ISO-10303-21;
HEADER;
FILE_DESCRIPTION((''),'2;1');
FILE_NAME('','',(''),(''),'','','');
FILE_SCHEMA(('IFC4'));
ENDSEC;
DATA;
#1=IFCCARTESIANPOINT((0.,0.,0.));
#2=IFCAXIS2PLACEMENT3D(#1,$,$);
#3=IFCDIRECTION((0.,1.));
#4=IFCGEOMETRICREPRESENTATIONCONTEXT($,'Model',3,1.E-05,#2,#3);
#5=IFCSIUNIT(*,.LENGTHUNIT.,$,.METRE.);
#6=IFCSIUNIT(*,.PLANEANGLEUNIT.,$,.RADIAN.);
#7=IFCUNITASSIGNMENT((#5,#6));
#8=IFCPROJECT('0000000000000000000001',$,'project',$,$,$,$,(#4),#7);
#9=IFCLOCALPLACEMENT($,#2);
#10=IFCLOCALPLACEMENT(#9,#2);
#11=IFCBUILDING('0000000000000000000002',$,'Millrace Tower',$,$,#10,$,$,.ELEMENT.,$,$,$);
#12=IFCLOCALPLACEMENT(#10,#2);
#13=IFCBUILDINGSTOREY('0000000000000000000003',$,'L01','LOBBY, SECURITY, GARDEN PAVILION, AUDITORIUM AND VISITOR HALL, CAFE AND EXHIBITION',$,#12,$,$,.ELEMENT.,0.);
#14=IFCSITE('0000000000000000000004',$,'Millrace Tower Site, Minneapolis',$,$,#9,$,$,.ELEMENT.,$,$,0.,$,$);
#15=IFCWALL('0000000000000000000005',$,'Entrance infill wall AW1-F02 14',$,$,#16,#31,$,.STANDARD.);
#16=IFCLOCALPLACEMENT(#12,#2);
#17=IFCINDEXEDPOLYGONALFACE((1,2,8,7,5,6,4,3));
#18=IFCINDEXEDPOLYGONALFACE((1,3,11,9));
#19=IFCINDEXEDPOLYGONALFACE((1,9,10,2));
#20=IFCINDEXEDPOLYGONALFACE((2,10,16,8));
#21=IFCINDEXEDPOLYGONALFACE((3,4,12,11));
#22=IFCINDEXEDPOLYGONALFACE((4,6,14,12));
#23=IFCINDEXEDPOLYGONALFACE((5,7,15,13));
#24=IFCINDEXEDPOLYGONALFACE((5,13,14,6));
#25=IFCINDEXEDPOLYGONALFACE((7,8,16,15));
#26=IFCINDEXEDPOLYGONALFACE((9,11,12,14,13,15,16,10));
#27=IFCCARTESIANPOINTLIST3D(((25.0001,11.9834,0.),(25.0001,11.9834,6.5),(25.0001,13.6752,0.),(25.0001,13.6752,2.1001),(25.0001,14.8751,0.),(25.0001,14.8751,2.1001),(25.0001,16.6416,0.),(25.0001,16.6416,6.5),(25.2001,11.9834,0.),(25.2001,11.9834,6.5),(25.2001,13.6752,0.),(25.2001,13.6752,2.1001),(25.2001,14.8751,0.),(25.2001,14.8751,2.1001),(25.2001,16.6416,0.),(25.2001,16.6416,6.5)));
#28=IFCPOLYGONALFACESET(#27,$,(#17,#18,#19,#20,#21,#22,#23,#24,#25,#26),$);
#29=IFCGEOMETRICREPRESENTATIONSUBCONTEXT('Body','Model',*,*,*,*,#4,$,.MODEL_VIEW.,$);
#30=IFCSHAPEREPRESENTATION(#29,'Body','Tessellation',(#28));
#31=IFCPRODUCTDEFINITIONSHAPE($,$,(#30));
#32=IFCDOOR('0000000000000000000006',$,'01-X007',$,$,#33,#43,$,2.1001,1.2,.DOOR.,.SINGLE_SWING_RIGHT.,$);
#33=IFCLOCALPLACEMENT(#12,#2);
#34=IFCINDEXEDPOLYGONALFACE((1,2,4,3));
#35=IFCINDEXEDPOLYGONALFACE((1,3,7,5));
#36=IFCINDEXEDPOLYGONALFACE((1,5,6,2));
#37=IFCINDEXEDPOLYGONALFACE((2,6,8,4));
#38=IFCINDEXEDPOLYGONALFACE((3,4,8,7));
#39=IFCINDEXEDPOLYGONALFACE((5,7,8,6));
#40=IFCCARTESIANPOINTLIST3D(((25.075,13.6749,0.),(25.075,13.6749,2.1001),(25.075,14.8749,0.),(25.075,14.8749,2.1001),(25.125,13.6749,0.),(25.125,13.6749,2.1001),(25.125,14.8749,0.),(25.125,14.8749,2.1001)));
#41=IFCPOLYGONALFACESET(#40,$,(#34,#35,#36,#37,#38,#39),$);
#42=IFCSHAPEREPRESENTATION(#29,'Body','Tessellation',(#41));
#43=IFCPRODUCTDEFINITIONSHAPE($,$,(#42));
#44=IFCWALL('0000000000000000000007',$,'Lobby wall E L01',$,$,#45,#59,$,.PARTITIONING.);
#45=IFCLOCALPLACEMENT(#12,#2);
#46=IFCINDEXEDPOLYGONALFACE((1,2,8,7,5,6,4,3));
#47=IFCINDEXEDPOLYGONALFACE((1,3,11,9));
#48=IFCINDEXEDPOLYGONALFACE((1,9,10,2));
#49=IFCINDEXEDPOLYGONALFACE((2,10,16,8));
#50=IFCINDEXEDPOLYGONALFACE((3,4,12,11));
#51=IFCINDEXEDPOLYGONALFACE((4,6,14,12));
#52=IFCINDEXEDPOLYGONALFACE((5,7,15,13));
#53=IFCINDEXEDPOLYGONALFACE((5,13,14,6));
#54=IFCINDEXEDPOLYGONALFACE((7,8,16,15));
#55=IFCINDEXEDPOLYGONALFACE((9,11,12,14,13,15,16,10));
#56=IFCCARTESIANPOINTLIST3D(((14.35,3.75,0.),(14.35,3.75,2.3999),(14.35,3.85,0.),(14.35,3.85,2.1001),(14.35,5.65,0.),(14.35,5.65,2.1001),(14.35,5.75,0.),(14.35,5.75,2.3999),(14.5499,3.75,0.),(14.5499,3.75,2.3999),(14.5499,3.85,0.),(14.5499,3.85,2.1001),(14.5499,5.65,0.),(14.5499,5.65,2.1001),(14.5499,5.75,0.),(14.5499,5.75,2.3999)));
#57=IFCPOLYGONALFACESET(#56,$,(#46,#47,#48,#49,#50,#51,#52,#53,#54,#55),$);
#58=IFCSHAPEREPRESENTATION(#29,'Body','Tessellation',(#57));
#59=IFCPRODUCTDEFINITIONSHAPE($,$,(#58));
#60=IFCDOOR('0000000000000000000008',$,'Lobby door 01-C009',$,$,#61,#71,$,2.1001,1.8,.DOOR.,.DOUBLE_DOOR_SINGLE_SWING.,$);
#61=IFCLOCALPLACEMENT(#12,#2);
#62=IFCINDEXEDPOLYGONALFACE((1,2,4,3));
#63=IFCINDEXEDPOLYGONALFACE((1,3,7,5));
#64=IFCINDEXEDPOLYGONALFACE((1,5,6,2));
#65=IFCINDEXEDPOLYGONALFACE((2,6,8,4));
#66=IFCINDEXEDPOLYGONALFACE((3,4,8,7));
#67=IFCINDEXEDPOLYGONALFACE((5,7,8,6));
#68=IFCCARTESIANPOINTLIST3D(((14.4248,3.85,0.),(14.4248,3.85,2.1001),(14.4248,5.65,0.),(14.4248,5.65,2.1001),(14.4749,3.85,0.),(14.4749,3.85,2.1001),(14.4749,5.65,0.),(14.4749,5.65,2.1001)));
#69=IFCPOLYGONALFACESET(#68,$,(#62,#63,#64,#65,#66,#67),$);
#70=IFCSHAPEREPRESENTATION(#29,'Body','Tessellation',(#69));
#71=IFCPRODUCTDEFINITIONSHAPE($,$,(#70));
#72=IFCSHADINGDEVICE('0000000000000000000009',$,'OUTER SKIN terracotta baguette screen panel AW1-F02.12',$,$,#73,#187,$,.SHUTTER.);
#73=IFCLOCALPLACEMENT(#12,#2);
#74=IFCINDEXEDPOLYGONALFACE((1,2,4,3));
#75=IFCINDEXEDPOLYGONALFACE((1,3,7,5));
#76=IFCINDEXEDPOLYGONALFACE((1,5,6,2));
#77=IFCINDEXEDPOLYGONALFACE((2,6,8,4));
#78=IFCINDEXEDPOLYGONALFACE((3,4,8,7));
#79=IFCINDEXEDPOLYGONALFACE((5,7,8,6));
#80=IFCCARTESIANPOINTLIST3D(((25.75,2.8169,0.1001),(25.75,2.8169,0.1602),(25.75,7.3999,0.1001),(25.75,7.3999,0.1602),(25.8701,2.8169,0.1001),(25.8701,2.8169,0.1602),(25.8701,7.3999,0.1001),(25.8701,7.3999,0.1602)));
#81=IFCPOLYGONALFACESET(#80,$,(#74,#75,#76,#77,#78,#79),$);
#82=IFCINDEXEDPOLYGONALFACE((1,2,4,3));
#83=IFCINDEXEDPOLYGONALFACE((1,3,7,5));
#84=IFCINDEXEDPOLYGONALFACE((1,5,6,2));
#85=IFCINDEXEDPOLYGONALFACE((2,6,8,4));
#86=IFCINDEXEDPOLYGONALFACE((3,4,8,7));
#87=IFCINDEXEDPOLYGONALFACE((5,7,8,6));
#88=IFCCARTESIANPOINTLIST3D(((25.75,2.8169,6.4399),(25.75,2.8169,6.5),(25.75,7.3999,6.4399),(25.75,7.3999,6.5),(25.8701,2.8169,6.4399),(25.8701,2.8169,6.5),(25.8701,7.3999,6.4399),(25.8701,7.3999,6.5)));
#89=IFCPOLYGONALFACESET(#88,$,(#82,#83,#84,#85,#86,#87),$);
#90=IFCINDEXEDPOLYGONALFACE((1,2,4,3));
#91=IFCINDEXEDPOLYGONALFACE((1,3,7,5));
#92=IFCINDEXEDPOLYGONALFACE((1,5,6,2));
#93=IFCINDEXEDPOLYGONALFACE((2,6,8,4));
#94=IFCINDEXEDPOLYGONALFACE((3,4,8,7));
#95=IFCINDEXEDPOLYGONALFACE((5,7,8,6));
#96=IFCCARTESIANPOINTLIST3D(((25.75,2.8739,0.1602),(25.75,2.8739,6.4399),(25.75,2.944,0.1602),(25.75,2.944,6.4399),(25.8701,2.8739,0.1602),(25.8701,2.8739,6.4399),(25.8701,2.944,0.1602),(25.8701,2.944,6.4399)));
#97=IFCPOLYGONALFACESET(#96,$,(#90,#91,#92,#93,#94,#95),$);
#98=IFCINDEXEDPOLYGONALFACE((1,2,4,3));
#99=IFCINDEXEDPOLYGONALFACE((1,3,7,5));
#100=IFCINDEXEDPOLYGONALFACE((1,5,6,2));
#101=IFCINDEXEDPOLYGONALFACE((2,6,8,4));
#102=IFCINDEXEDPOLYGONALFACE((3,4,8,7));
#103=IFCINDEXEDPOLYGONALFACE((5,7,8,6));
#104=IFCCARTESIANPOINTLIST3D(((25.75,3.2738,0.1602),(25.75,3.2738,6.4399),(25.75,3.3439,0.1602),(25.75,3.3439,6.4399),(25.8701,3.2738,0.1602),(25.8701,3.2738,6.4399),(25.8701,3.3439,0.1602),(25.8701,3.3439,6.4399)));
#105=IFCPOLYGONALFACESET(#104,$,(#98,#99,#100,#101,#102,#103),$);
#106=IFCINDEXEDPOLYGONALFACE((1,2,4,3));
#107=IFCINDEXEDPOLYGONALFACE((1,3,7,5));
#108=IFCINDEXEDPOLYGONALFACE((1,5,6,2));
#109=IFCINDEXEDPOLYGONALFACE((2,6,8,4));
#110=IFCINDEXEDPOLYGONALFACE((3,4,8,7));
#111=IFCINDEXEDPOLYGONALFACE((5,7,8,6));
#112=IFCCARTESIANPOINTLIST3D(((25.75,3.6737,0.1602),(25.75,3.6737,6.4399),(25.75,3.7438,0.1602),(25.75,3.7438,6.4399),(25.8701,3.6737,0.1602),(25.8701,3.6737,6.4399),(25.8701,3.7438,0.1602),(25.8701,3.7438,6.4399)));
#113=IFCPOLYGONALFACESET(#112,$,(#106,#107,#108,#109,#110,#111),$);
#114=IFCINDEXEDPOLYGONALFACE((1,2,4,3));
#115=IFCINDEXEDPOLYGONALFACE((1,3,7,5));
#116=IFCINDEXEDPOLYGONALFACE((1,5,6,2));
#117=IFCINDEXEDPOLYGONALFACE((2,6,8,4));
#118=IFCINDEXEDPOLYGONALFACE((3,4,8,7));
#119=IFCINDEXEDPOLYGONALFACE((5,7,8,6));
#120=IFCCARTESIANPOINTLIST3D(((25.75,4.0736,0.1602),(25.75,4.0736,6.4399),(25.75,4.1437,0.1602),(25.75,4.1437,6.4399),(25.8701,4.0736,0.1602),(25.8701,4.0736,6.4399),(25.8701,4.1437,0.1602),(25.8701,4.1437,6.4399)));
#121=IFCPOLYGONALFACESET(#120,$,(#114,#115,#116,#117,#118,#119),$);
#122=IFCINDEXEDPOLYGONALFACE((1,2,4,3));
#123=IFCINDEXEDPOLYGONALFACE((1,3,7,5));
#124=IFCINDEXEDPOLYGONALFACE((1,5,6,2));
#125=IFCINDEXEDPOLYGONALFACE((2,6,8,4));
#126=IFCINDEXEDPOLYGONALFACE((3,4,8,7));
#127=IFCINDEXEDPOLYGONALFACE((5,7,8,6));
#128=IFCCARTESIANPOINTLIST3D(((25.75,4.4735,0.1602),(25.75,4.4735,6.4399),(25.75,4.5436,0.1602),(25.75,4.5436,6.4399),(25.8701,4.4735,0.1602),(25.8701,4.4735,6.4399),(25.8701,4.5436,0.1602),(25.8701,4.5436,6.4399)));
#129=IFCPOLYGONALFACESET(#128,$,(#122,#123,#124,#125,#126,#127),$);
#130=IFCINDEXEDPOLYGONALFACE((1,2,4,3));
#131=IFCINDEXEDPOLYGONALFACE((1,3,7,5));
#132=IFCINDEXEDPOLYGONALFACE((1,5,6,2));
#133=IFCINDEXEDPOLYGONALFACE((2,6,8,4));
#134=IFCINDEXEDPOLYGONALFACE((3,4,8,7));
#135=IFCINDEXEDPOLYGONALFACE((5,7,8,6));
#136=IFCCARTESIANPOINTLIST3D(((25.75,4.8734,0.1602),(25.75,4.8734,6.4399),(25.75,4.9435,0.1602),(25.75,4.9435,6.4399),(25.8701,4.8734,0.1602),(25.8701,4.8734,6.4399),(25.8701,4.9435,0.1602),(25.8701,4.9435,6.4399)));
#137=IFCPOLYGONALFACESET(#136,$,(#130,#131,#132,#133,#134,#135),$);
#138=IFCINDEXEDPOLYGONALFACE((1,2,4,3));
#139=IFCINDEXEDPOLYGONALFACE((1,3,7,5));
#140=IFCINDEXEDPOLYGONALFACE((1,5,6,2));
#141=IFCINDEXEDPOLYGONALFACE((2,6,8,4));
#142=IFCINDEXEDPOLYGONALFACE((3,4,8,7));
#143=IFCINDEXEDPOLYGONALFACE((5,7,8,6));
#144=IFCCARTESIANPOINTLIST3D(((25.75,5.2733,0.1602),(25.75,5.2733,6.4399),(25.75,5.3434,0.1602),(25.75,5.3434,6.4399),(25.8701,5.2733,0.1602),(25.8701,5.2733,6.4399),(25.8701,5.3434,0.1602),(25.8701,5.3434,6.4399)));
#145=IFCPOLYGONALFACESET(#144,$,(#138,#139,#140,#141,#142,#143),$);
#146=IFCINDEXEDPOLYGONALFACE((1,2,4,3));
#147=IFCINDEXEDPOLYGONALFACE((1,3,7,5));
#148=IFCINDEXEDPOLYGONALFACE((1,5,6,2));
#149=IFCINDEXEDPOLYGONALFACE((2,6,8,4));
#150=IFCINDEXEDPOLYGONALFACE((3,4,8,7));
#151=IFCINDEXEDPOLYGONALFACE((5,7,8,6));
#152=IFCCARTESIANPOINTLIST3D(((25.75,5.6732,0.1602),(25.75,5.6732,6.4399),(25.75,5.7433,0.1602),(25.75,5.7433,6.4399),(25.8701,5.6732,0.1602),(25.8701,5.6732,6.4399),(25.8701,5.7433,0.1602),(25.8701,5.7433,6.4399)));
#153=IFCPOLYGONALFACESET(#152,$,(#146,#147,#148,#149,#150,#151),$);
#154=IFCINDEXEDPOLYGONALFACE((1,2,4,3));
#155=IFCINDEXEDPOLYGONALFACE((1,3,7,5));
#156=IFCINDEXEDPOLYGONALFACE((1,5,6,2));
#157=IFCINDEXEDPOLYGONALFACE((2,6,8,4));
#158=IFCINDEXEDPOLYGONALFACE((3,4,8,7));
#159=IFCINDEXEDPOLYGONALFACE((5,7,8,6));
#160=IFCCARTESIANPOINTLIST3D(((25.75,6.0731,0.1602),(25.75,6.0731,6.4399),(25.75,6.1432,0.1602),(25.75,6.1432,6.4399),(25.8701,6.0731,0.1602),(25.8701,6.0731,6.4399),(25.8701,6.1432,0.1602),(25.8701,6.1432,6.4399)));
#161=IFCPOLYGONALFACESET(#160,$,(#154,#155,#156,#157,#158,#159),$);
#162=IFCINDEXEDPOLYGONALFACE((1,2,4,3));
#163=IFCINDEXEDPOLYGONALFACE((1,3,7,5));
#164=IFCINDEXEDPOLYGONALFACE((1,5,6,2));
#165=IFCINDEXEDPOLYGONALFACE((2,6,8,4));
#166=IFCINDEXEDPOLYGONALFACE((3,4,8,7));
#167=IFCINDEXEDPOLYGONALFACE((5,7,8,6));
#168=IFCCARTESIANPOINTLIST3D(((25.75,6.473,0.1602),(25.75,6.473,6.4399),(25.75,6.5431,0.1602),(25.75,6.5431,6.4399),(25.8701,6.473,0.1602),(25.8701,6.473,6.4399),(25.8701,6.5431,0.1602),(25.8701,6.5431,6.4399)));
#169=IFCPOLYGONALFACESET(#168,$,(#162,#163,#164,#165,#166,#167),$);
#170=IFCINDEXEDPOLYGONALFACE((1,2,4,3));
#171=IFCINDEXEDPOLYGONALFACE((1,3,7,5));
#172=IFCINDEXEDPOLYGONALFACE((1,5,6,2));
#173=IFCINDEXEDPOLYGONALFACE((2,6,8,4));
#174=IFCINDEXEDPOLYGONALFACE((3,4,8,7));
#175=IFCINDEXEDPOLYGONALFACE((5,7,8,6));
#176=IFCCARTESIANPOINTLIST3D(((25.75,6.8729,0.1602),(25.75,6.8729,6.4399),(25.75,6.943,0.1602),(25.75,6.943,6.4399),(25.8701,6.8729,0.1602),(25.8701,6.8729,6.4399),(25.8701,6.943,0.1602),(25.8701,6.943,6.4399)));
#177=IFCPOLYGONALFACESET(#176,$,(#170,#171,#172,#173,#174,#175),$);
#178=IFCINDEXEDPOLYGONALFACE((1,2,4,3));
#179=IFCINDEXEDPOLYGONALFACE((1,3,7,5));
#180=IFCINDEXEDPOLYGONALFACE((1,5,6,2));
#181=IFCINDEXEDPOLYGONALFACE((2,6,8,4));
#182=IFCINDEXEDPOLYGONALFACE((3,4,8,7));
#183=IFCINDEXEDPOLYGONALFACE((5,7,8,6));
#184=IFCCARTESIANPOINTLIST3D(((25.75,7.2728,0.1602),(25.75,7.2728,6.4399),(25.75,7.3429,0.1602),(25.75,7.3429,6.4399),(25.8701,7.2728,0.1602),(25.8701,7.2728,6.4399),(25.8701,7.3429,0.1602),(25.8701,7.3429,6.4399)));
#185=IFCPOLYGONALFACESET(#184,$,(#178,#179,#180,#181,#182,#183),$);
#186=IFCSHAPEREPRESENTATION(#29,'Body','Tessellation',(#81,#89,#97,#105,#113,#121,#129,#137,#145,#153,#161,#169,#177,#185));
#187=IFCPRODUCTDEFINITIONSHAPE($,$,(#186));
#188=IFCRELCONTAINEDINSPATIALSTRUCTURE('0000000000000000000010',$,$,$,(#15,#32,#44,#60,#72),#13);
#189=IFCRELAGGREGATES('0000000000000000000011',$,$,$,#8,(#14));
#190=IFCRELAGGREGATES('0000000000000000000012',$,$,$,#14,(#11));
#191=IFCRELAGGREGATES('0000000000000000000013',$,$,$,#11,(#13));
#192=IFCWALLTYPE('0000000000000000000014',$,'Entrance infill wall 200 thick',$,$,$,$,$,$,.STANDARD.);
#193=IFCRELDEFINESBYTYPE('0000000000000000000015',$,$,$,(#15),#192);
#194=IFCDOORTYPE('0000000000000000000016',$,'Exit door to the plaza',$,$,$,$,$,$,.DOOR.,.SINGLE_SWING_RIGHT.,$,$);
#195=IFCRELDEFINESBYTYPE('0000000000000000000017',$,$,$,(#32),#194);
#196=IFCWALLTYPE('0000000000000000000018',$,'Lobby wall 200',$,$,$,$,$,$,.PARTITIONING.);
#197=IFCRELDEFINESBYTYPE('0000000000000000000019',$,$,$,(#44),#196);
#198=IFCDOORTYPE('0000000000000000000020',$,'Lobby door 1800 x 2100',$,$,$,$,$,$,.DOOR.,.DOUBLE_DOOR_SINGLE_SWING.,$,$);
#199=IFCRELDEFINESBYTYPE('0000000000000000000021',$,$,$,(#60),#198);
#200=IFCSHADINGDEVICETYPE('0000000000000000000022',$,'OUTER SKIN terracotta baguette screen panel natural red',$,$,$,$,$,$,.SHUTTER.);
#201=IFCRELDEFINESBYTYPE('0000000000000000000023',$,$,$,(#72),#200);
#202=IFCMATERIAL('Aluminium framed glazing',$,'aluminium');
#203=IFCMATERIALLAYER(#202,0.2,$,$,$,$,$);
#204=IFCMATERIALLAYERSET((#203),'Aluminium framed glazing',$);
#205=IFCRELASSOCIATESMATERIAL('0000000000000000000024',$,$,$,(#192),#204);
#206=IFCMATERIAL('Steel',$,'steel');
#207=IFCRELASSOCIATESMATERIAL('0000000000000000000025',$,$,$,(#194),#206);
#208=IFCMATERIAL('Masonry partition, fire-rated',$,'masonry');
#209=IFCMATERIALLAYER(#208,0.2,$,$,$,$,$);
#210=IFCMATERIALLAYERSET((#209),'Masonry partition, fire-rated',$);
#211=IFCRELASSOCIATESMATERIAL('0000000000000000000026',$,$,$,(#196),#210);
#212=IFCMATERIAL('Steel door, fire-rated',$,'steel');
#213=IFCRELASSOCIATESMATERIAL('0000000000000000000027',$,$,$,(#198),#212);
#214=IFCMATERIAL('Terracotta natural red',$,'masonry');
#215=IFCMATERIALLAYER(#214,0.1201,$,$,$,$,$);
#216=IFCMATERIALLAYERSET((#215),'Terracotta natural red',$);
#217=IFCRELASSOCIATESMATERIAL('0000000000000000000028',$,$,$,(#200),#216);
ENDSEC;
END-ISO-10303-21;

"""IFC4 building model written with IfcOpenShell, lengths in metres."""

from ifc_helpers import new_model, entity, si_unit, direction, frame, frame_2d, origin, place, context, subcontext, project, spatial, rectangle, extrude, source, transform, mapped, material, layer, layer_set, type_object, element, fill, save


model = new_model("IFC4")

# Units and contexts
model_context = context("Model", 3, precision=1e-05, world=origin(), true_north=direction((0.0, 1.0)))
body_context = subcontext(model_context, "Body", "Model", "MODEL_VIEW")
ifc_project = project(units=[si_unit("LENGTHUNIT", "METRE"), si_unit("PLANEANGLEUNIT", "RADIAN")], contexts=[model_context])

# Site, building, storey
site_placement = place(None, origin())
site = spatial("IfcSite", under=ifc_project, at=site_placement, Name="Millrace Tower Site, Minneapolis", CompositionType="ELEMENT", RefElevation=0.0)
building_placement = place(site_placement, origin())
building = spatial("IfcBuilding", under=site, at=building_placement, Name="Millrace Tower", CompositionType="ELEMENT")
storey_placement = place(building_placement, origin())
storey = spatial("IfcBuildingStorey", under=building, at=storey_placement, Name="L01", Description="LOBBY, SECURITY, GARDEN PAVILION, AUDITORIUM AND VISITOR HALL, CAFE AND EXHIBITION", CompositionType="ELEMENT", Elevation=0.0)

# Walls, openings, doors
ifc_material_1 = material(Name="Aluminium framed glazing", Category="aluminium")
ifc_layer_1 = layer(ifc_material_1, 0.2)
ifc_layer_set_1 = layer_set([ifc_layer_1], Name="Aluminium framed glazing")
wall_type_1 = type_object("IfcWallType", Name="Entrance infill wall 200 thick", PredefinedType="STANDARD", material=ifc_layer_set_1)
wall_1_placement = place(storey_placement, frame((25.1001, 11.9834, 0.0), z_axis=(0.0, 0.0, 1.0), x_axis=(0.0, 1.0, 0.0)))
wall_1 = element("IfcWall", 1, at=wall_1_placement, inside=storey, type_object=wall_type_1, Name="Entrance infill wall AW1-F02 14", PredefinedType="STANDARD", context=body_context, shape_type="SweptSolid", body=[
    extrude(rectangle(XDim=4.6582, YDim=0.2, at=frame_2d((2.3291, 0.0))), origin(), (0.0, 0.0, 1.0), 6.5),
])
opening_1_placement = place(wall_1_placement, frame((1.6917, 0.0, 0.0)))
opening_1 = element("IfcOpeningElement", 2, at=opening_1_placement, cuts=wall_1, PredefinedType="OPENING", context=body_context, shape_type="SweptSolid", body=[
    extrude(rectangle(XDim=1.2, YDim=2.1001, at=frame_2d((0.6001, 1.05))), frame((0.0, 0.1099, 0.0), z_axis=(0.0, -1.0, 0.0), x_axis=(1.0, 0.0, 0.0)), (0.0, 0.0, 1.0), 0.22),
])
ifc_material_2 = material(Name="Steel", Category="steel")
door_type_1 = type_object("IfcDoorType", Name="Exit door to the plaza", OperationType="SINGLE_SWING_RIGHT", PredefinedType="DOOR", material=ifc_material_2)
door_1_placement = place(opening_1_placement, frame((1.2, 0.0, 0.0), z_axis=(0.0, 0.0, 1.0), x_axis=(-1.0, 0.0, 0.0)))
door_1 = element("IfcDoor", 3, at=door_1_placement, inside=storey, type_object=door_type_1, Name="01-X007", OperationType="SINGLE_SWING_RIGHT", OverallHeight=2.1001, OverallWidth=1.2, PredefinedType="DOOR", context=body_context, shape_type="SweptSolid", body=[
    extrude(rectangle(XDim=1.2, YDim=2.1001, at=frame_2d((0.6001, 1.05))), frame((0.0, 0.0249, 0.0), z_axis=(0.0, -1.0, 0.0), x_axis=(1.0, 0.0, 0.0)), (0.0, 0.0, 1.0), 0.05),
])
fill(opening_1, door_1)
ifc_material_3 = material(Name="Masonry partition, fire-rated", Category="masonry")
ifc_layer_2 = layer(ifc_material_3, 0.2)
ifc_layer_set_2 = layer_set([ifc_layer_2], Name="Masonry partition, fire-rated")
wall_type_2 = type_object("IfcWallType", Name="Lobby wall 200", PredefinedType="PARTITIONING", material=ifc_layer_set_2)
wall_2_placement = place(storey_placement, frame((14.45, 5.75, 0.0), z_axis=(0.0, 0.0, 1.0), x_axis=(0.0, -1.0, 0.0)))
wall_2 = element("IfcWall", 4, at=wall_2_placement, inside=storey, type_object=wall_type_2, Name="Lobby wall E L01", PredefinedType="PARTITIONING", context=body_context, shape_type="SweptSolid", body=[
    extrude(rectangle(XDim=2.0, YDim=0.2, at=frame_2d((1.0, 0.0))), origin(), (0.0, 0.0, 1.0), 2.3999),
])
opening_2_placement = place(wall_2_placement, frame((0.1001, 0.0, 0.0)))
opening_2 = element("IfcOpeningElement", 5, at=opening_2_placement, cuts=wall_2, PredefinedType="OPENING", context=body_context, shape_type="SweptSolid", body=[
    extrude(rectangle(XDim=1.8, YDim=2.1001, at=frame_2d((0.8999, 1.05))), frame((0.0, 0.1099, 0.0), z_axis=(0.0, -1.0, 0.0), x_axis=(1.0, 0.0, 0.0)), (0.0, 0.0, 1.0), 0.22),
])
ifc_material_4 = material(Name="Steel door, fire-rated", Category="steel")
door_type_2 = type_object("IfcDoorType", Name="Lobby door 1800 x 2100", OperationType="DOUBLE_DOOR_SINGLE_SWING", PredefinedType="DOOR", material=ifc_material_4)
door_2_placement = place(opening_2_placement, origin())
door_2 = element("IfcDoor", 6, at=door_2_placement, inside=storey, type_object=door_type_2, Name="Lobby door 01-C009", OperationType="DOUBLE_DOOR_SINGLE_SWING", OverallHeight=2.1001, OverallWidth=1.8, PredefinedType="DOOR", context=body_context, shape_type="SweptSolid", body=[
    extrude(rectangle(XDim=1.8, YDim=2.1001, at=frame_2d((0.8999, 1.05))), frame((0.0, 0.0249, 0.0), z_axis=(0.0, -1.0, 0.0), x_axis=(1.0, 0.0, 0.0)), (0.0, 0.0, 1.0), 0.05),
])
fill(opening_2, door_2)

# Shading device
ifc_material_5 = material(Name="Terracotta natural red", Category="masonry")
ifc_layer_3 = layer(ifc_material_5, 0.1201)
ifc_layer_set_3 = layer_set([ifc_layer_3], Name="Terracotta natural red")
shading_device_type = type_object("IfcShadingDeviceType", Name="OUTER SKIN terracotta baguette screen panel natural red", PredefinedType="SHUTTER", material=ifc_layer_set_3)
cartesian_point = entity("IfcCartesianPoint", [-2.2915, 0.0601])
shared_polyline = entity("IfcPolyline", [cartesian_point, entity("IfcCartesianPoint", [2.2915, 0.0601]), entity("IfcCartesianPoint", [2.2915, -0.0601]), entity("IfcCartesianPoint", [-2.2915, -0.0601]), cartesian_point])
shared_shape = source(origin(), body_context, "Body", "SweptSolid", [
    entity("IfcExtrudedAreaSolid", entity("IfcArbitraryClosedProfileDef", "AREA", None, shared_polyline), entity("IfcAxis2Placement3D", entity("IfcCartesianPoint", [0.0, 0.0, 0.0])), entity("IfcDirection", [0.0, 0.0, 1.0]), 0.0601),
    entity("IfcExtrudedAreaSolid", entity("IfcArbitraryClosedProfileDef", "AREA", None, shared_polyline), entity("IfcAxis2Placement3D", entity("IfcCartesianPoint", [0.0, 0.0, 6.3398])), entity("IfcDirection", [0.0, 0.0, 1.0]), 0.0601),
    extrude(rectangle(XDim=0.0701, YDim=0.1201, at=frame_2d((-2.1995, 0.0))), frame((0.0, 0.0, 0.0601)), (0.0, 0.0, 1.0), 6.2798),
    extrude(rectangle(XDim=0.0701, YDim=0.1201, at=frame_2d((-1.7996, 0.0))), frame((0.0, 0.0, 0.0601)), (0.0, 0.0, 1.0), 6.2798),
    extrude(rectangle(XDim=0.0701, YDim=0.1201, at=frame_2d((-1.3997, 0.0))), frame((0.0, 0.0, 0.0601)), (0.0, 0.0, 1.0), 6.2798),
    extrude(rectangle(XDim=0.0701, YDim=0.1201, at=frame_2d((-0.9998, 0.0))), frame((0.0, 0.0, 0.0601)), (0.0, 0.0, 1.0), 6.2798),
    extrude(rectangle(XDim=0.0701, YDim=0.1201, at=frame_2d((-0.5999, 0.0))), frame((0.0, 0.0, 0.0601)), (0.0, 0.0, 1.0), 6.2798),
    extrude(rectangle(XDim=0.0701, YDim=0.1201, at=frame_2d((-0.2, 0.0))), frame((0.0, 0.0, 0.0601)), (0.0, 0.0, 1.0), 6.2798),
    extrude(rectangle(XDim=0.0701, YDim=0.1201, at=frame_2d((0.2, 0.0))), frame((0.0, 0.0, 0.0601)), (0.0, 0.0, 1.0), 6.2798),
    extrude(rectangle(XDim=0.0701, YDim=0.1201, at=frame_2d((0.5999, 0.0))), frame((0.0, 0.0, 0.0601)), (0.0, 0.0, 1.0), 6.2798),
    extrude(rectangle(XDim=0.0701, YDim=0.1201, at=frame_2d((0.9998, 0.0))), frame((0.0, 0.0, 0.0601)), (0.0, 0.0, 1.0), 6.2798),
    extrude(rectangle(XDim=0.0701, YDim=0.1201, at=frame_2d((1.3997, 0.0))), frame((0.0, 0.0, 0.0601)), (0.0, 0.0, 1.0), 6.2798),
    extrude(rectangle(XDim=0.0701, YDim=0.1201, at=frame_2d((1.7996, 0.0))), frame((0.0, 0.0, 0.0601)), (0.0, 0.0, 1.0), 6.2798),
    extrude(rectangle(XDim=0.0701, YDim=0.1201, at=frame_2d((2.1995, 0.0))), frame((0.0, 0.0, 0.0601)), (0.0, 0.0, 1.0), 6.2798),
])
for number, where, z_axis, x_axis, name in (
    (7, (25.8101, 5.1084, 0.1001), (0.0, 0.0, 1.0), (0.0, 1.0, 0.0), "OUTER SKIN terracotta baguette screen panel AW1-F02.12"),
):
    element("IfcShadingDevice", number, at=place(storey_placement, frame(where, z_axis=z_axis, x_axis=x_axis)), inside=storey, type_object=shading_device_type, Name=name, PredefinedType="SHUTTER", context=body_context, shape_type="MappedRepresentation", body=[
        mapped(shared_shape, transform((0.0, 0.0, 0.0), scale=1.0)),
    ])

save(model, "model.ifc")
